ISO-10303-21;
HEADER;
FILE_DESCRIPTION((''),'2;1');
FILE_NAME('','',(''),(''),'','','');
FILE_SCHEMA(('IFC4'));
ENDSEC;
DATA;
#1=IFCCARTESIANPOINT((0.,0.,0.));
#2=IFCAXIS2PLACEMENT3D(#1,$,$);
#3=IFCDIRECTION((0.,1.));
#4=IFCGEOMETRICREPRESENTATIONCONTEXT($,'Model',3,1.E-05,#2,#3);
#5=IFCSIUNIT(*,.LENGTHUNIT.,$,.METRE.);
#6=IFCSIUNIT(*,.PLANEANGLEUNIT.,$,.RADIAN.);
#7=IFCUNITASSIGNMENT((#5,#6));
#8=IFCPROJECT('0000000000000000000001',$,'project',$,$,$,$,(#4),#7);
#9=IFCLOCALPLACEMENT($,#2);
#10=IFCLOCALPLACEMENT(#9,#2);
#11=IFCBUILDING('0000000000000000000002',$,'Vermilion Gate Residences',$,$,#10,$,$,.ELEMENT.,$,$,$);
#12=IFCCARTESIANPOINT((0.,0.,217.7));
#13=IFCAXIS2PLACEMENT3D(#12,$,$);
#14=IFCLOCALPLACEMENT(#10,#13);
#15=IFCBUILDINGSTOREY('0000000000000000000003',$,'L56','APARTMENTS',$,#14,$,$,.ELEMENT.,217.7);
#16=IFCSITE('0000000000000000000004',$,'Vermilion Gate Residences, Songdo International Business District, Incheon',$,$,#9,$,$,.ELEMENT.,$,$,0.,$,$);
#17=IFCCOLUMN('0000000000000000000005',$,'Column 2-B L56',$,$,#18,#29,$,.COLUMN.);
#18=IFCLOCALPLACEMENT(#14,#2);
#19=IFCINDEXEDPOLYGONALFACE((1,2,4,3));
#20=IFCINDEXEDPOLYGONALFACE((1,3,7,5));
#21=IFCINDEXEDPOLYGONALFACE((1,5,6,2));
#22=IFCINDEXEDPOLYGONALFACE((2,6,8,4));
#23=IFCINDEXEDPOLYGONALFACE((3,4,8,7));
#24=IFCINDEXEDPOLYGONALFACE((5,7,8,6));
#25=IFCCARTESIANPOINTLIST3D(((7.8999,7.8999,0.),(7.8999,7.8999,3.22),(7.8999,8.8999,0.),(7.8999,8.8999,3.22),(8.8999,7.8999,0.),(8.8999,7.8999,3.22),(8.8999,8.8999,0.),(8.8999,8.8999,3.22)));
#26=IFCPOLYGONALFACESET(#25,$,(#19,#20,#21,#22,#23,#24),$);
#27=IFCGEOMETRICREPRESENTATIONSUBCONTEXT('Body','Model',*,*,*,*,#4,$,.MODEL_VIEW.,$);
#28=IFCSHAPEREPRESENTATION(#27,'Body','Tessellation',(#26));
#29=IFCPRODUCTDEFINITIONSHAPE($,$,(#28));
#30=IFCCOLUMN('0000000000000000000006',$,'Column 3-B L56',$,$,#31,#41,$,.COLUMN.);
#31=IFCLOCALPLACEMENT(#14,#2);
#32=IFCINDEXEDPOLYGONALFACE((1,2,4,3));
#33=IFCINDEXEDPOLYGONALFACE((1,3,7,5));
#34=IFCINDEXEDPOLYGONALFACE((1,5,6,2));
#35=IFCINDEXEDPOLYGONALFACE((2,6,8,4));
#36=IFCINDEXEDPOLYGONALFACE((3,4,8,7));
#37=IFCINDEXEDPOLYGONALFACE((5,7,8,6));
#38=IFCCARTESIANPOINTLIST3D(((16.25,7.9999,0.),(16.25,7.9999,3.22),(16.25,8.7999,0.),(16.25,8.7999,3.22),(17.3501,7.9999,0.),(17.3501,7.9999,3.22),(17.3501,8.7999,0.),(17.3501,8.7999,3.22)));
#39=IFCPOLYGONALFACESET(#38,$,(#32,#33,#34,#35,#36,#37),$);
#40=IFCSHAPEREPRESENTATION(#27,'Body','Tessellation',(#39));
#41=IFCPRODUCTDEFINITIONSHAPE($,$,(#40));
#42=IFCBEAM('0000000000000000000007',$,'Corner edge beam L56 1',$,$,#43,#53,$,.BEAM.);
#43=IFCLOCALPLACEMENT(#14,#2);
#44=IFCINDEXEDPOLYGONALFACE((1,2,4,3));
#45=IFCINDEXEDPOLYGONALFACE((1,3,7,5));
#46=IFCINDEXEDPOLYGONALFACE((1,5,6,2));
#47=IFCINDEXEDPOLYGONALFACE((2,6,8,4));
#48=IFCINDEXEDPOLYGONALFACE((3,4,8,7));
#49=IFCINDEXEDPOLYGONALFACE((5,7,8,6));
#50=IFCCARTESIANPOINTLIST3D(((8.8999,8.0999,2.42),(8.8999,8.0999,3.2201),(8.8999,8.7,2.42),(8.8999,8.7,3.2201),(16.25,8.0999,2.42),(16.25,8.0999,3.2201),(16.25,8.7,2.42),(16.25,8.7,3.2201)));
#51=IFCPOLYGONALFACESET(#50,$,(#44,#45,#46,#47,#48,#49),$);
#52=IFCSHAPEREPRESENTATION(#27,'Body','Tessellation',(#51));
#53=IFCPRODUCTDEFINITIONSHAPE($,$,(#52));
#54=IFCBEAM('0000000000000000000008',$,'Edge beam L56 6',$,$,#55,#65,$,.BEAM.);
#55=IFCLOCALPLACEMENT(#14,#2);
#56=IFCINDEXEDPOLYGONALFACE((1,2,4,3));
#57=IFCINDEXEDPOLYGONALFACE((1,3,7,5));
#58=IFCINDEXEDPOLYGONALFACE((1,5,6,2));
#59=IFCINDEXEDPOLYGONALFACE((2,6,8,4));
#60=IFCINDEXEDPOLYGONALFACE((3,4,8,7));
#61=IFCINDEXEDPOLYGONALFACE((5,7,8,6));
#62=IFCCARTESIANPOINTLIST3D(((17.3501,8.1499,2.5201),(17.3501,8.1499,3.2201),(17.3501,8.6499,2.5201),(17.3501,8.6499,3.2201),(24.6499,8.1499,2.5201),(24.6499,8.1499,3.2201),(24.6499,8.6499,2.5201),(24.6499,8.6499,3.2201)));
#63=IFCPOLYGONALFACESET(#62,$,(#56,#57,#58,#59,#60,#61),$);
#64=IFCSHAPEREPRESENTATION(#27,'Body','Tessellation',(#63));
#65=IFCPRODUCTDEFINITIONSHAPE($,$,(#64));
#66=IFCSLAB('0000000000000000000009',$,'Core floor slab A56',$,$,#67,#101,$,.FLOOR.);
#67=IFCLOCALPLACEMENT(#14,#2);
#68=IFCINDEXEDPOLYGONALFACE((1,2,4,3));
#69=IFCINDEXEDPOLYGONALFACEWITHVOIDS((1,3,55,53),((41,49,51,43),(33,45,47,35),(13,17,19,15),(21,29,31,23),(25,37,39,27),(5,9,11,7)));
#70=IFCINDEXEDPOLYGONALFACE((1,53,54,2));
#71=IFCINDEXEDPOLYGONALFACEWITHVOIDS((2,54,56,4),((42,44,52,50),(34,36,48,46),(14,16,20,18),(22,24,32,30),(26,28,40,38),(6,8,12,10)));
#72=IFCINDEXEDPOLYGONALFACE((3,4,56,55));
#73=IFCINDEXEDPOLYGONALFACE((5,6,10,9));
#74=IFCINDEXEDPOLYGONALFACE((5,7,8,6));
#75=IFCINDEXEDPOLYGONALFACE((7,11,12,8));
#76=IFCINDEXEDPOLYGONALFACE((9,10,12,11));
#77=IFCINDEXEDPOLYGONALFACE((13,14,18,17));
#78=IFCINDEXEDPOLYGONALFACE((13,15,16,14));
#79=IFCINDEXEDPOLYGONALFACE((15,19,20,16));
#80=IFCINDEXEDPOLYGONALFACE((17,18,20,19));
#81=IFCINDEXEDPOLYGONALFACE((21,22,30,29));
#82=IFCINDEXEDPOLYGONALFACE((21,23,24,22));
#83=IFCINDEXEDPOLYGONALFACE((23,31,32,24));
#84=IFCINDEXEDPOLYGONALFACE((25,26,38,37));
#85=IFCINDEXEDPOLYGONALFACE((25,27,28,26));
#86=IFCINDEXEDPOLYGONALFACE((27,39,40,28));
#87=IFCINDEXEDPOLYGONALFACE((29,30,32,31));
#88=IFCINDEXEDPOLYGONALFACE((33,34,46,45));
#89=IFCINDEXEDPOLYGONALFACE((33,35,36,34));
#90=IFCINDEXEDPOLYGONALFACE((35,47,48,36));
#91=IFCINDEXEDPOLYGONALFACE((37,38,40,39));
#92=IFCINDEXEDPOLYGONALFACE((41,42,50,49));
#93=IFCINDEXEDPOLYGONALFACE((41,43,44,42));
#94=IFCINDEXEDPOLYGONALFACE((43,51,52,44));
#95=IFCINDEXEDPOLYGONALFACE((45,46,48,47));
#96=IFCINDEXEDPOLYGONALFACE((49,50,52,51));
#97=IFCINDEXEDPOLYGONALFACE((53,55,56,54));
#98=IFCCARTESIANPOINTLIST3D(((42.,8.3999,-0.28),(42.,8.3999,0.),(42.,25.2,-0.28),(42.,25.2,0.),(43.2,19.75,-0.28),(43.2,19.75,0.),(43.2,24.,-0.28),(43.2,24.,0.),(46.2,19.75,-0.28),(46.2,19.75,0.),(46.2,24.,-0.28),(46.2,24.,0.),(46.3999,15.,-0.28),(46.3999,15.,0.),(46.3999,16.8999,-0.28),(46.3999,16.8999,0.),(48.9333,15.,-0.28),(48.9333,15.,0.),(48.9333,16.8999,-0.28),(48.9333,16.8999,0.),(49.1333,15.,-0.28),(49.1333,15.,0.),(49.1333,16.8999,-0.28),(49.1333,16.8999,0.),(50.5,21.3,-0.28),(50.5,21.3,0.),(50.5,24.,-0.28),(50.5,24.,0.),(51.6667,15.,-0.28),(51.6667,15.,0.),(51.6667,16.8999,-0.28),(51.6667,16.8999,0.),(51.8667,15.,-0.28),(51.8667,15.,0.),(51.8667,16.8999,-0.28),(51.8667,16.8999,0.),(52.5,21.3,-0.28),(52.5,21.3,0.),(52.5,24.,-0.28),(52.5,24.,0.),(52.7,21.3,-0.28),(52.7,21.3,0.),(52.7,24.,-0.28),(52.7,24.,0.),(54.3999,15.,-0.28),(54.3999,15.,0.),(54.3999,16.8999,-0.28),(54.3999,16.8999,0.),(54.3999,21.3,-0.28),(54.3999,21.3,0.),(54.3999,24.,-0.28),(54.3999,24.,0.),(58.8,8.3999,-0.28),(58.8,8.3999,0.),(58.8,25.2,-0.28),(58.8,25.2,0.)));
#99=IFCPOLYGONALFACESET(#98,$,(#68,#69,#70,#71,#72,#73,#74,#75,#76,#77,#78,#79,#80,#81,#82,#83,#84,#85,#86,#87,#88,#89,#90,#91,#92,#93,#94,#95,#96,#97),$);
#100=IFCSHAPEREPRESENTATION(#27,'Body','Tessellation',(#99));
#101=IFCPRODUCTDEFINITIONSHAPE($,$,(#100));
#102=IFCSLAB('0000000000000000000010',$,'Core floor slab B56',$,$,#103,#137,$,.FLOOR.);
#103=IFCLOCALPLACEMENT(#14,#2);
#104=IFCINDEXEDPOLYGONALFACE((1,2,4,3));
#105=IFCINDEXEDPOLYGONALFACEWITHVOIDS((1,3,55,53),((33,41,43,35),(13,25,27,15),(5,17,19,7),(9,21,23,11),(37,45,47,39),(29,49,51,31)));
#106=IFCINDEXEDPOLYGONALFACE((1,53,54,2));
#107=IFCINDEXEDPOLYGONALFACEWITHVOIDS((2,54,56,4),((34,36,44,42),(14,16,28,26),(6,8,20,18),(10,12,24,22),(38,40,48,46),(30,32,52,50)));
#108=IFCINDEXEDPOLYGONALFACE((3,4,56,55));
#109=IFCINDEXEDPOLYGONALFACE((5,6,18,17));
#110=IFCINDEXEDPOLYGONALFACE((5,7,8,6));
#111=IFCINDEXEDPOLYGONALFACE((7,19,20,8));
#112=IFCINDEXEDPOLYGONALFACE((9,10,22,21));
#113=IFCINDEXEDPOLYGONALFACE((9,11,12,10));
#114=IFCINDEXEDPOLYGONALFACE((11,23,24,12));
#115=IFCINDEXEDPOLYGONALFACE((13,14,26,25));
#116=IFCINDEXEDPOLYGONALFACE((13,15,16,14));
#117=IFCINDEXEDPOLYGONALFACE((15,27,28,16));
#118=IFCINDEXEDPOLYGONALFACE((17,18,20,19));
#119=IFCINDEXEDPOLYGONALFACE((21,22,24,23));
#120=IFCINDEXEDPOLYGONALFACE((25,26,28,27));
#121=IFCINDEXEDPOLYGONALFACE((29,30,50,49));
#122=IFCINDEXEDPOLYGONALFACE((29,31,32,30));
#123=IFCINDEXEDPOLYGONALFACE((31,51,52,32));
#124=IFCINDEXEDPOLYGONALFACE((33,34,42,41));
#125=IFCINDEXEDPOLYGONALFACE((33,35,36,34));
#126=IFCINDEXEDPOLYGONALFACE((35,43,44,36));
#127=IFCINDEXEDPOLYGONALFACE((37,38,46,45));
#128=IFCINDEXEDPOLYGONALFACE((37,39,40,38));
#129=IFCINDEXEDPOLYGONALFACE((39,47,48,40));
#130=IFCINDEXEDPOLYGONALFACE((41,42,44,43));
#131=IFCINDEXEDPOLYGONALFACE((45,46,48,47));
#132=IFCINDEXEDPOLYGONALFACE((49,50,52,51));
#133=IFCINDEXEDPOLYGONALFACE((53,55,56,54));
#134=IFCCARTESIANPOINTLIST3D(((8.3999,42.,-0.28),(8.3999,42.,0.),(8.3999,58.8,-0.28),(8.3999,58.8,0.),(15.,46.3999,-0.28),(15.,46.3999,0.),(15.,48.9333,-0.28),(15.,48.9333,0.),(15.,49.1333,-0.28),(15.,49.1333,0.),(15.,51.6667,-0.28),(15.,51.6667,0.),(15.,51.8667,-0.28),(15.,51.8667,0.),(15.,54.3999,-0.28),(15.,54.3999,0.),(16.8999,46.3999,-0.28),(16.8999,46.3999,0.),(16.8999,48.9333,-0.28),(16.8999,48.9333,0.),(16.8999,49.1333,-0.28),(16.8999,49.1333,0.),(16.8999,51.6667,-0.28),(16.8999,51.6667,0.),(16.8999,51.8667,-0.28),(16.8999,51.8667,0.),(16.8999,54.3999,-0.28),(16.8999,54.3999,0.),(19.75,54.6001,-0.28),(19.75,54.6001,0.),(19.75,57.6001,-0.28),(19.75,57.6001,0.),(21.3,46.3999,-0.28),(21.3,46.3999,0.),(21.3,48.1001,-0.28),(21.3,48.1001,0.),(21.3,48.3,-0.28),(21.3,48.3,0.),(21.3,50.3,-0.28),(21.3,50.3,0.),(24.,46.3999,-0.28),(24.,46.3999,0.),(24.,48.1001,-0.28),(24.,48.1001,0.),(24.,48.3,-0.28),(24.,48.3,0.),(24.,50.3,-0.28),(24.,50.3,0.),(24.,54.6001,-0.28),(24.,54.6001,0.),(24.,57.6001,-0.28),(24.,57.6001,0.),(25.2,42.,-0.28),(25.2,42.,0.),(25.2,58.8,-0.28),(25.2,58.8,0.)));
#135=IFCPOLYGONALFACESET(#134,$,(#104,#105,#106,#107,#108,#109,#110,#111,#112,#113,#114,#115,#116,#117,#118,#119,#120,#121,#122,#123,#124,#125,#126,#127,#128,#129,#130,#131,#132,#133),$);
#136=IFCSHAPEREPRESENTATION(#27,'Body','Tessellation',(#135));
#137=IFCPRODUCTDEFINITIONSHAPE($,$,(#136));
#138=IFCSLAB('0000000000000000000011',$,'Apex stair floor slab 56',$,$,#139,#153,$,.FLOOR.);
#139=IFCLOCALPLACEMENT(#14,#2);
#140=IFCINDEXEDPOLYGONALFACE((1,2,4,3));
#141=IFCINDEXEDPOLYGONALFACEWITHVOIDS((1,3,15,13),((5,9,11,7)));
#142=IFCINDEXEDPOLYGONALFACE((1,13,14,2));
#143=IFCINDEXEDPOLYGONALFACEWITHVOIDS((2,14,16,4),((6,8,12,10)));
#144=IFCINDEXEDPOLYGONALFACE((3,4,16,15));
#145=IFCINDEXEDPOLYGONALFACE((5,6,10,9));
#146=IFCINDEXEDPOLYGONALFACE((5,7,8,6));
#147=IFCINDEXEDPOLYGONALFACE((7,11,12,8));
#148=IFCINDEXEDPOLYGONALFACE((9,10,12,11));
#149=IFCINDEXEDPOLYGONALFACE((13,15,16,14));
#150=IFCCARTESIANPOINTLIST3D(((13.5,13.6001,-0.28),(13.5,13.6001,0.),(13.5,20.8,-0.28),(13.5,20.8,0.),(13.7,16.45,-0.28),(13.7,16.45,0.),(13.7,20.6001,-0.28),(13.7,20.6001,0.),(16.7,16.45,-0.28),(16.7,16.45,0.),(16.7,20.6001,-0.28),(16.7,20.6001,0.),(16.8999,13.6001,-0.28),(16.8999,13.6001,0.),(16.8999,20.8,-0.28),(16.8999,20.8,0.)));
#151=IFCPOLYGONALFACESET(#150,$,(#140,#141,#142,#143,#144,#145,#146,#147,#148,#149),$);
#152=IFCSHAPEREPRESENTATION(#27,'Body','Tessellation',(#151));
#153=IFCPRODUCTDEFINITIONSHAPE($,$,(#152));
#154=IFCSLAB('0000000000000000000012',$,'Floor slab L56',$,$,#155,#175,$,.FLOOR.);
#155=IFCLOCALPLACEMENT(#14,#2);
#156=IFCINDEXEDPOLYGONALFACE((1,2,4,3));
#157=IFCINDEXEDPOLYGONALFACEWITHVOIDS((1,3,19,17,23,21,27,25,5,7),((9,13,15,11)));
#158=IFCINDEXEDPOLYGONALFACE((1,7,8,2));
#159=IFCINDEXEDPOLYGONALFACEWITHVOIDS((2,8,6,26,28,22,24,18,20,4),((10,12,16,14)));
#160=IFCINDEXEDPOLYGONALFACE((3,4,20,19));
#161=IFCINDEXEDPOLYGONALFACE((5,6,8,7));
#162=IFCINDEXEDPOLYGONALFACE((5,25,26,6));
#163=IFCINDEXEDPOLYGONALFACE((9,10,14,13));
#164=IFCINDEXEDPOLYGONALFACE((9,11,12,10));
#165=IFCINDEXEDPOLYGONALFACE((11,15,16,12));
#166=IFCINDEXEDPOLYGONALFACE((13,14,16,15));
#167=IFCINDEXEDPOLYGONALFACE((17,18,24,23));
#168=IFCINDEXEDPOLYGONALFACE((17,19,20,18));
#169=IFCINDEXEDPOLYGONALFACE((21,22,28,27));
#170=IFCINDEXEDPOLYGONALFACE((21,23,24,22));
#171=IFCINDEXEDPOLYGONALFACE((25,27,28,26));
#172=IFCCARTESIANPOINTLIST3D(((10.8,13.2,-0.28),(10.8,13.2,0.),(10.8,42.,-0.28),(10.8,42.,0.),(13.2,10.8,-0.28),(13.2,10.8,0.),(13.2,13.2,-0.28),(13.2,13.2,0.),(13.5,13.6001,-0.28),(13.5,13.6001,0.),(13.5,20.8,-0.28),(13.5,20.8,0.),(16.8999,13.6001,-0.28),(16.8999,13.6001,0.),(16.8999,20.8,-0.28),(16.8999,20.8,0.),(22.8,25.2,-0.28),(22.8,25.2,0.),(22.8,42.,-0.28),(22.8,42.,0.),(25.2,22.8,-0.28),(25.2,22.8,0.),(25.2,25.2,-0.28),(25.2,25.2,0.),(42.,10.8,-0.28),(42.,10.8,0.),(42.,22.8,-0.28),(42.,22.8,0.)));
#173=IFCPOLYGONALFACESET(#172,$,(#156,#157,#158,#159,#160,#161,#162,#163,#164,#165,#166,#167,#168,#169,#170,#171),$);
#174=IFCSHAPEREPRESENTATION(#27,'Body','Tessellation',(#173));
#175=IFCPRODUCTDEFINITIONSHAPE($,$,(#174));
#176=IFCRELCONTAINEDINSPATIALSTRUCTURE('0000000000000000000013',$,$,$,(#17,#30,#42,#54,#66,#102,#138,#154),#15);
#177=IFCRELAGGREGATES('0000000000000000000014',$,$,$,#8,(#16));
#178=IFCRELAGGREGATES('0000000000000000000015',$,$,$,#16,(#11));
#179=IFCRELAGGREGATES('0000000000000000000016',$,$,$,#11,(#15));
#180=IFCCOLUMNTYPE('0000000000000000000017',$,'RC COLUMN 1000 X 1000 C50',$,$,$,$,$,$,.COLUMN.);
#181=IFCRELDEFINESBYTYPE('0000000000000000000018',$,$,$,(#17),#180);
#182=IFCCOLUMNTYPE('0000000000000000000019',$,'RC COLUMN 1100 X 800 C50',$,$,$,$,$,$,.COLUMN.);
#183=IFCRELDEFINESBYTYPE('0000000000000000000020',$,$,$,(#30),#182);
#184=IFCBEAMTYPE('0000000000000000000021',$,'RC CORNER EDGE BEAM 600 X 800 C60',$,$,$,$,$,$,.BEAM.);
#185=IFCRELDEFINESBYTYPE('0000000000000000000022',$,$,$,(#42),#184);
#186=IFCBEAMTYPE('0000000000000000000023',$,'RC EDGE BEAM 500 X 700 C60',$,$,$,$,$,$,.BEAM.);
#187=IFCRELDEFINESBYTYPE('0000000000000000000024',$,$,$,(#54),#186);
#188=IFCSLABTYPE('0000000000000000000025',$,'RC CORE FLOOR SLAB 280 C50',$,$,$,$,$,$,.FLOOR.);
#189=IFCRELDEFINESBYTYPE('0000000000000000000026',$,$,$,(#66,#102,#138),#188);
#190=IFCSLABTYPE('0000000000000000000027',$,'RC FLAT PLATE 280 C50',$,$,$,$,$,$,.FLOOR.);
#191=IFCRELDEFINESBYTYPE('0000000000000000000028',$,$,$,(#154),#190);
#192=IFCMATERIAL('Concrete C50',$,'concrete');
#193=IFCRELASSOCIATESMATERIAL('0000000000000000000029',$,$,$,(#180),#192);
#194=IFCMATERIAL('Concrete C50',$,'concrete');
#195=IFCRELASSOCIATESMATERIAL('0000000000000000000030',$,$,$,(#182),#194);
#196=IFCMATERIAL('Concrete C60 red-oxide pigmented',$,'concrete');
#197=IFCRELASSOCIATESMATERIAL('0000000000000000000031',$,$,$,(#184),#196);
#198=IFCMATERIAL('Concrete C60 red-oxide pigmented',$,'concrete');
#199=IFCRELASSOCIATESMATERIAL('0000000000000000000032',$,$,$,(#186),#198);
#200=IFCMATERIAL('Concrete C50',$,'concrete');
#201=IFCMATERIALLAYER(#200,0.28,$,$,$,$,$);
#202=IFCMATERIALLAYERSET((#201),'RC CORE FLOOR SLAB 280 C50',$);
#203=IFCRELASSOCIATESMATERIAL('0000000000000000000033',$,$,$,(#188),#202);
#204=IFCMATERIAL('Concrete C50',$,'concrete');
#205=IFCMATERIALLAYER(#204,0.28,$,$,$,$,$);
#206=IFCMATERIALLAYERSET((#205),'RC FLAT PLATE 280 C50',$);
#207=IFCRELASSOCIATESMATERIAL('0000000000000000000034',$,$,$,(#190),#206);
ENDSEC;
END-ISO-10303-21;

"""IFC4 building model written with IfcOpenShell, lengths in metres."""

from ifc_helpers import new_model, si_unit, direction, frame, origin, origin_2d, place, context, subcontext, project, spatial, polyline, rectangle, outline, extrude, material, layer, layer_set, material_profile, profile_set, type_object, element, save


model = new_model("IFC4")

# Units and contexts
model_context = context("Model", 3, precision=1e-05, world=origin(), true_north=direction((0.0, 1.0)))
body_context = subcontext(model_context, "Body", "Model", "MODEL_VIEW")
ifc_project = project(units=[si_unit("LENGTHUNIT", "METRE"), si_unit("PLANEANGLEUNIT", "RADIAN")], contexts=[model_context])

# Site, building, storey
site_placement = place(None, origin())
site = spatial("IfcSite", under=ifc_project, at=site_placement, Name="Vermilion Gate Residences, Songdo International Business District, Incheon", CompositionType="ELEMENT", RefElevation=0.0)
building_placement = place(site_placement, origin())
building = spatial("IfcBuilding", under=site, at=building_placement, Name="Vermilion Gate Residences", CompositionType="ELEMENT")
storey_placement = place(building_placement, frame((0.0, 0.0, 217.7)))
storey = spatial("IfcBuildingStorey", under=building, at=storey_placement, Name="L56", Description="APARTMENTS", CompositionType="ELEMENT", Elevation=217.7)

# Columns
ifc_material_1 = material(Name="Concrete C50", Category="concrete")
ifc_material_profile_1 = material_profile(ifc_material_1, rectangle(XDim=1.0, YDim=1.0, at=origin_2d()), Name="RC-1000x1000")
ifc_profile_set_1 = profile_set([ifc_material_profile_1], Name="Concrete C50")
column_type_1 = type_object("IfcColumnType", Name="RC COLUMN 1000 X 1000 C50", PredefinedType="COLUMN", material=ifc_profile_set_1)
column_1_placement = place(storey_placement, frame((8.3999, 8.3999, 0.0), z_axis=(0.0, 0.0, 1.0), x_axis=(1.0, 0.0, 0.0)))
element("IfcColumn", 1, at=column_1_placement, inside=storey, type_object=column_type_1, Name="Column 2-B L56", PredefinedType="COLUMN", context=body_context, shape_type="SweptSolid", body=[
    extrude(rectangle(XDim=1.0, YDim=1.0, at=origin_2d()), origin(), (0.0, 0.0, 1.0), 3.22),
])
ifc_material_2 = material(Name="Concrete C50", Category="concrete")
ifc_material_profile_2 = material_profile(ifc_material_2, rectangle(XDim=1.1001, YDim=0.8, at=origin_2d()), Name="RC-1100x800")
ifc_profile_set_2 = profile_set([ifc_material_profile_2], Name="Concrete C50")
column_type_2 = type_object("IfcColumnType", Name="RC COLUMN 1100 X 800 C50", PredefinedType="COLUMN", material=ifc_profile_set_2)
column_2_placement = place(storey_placement, frame((16.8, 8.3999, 0.0), z_axis=(0.0, 0.0, 1.0), x_axis=(1.0, 0.0, 0.0)))
element("IfcColumn", 2, at=column_2_placement, inside=storey, type_object=column_type_2, Name="Column 3-B L56", PredefinedType="COLUMN", context=body_context, shape_type="SweptSolid", body=[
    extrude(rectangle(XDim=1.1001, YDim=0.8, at=origin_2d()), origin(), (0.0, 0.0, 1.0), 3.22),
])

# Beams
ifc_material_3 = material(Name="Concrete C60 red-oxide pigmented", Category="concrete")
ifc_material_profile_3 = material_profile(ifc_material_3, rectangle(XDim=0.6001, YDim=0.8, at=origin_2d()), Name="RC-600x800")
ifc_profile_set_3 = profile_set([ifc_material_profile_3], Name="Concrete C60 red-oxide pigmented")
beam_type_1 = type_object("IfcBeamType", Name="RC CORNER EDGE BEAM 600 X 800 C60", PredefinedType="BEAM", material=ifc_profile_set_3)
beam_1_placement = place(storey_placement, frame((8.8999, 8.3999, 2.8201), z_axis=(1.0, 0.0, 0.0), x_axis=(0.0, 1.0, 0.0)))
element("IfcBeam", 3, at=beam_1_placement, inside=storey, type_object=beam_type_1, Name="Corner edge beam L56 1", PredefinedType="BEAM", context=body_context, shape_type="SweptSolid", body=[
    extrude(rectangle(XDim=0.6001, YDim=0.8, at=origin_2d()), origin(), (0.0, 0.0, 1.0), 7.3501),
])
ifc_material_4 = material(Name="Concrete C60 red-oxide pigmented", Category="concrete")
ifc_material_profile_4 = material_profile(ifc_material_4, rectangle(XDim=0.5, YDim=0.7, at=origin_2d()), Name="RC-500x700")
ifc_profile_set_4 = profile_set([ifc_material_profile_4], Name="Concrete C60 red-oxide pigmented")
beam_type_2 = type_object("IfcBeamType", Name="RC EDGE BEAM 500 X 700 C60", PredefinedType="BEAM", material=ifc_profile_set_4)
beam_2_placement = place(storey_placement, frame((17.3501, 8.3999, 2.8701), z_axis=(1.0, 0.0, 0.0), x_axis=(0.0, 1.0, 0.0)))
element("IfcBeam", 4, at=beam_2_placement, inside=storey, type_object=beam_type_2, Name="Edge beam L56 6", PredefinedType="BEAM", context=body_context, shape_type="SweptSolid", body=[
    extrude(rectangle(XDim=0.5, YDim=0.7, at=origin_2d()), origin(), (0.0, 0.0, 1.0), 7.2998),
])

# Slabs
ifc_material_5 = material(Name="Concrete C50", Category="concrete")
ifc_layer_1 = layer(ifc_material_5, 0.28)
ifc_layer_set_1 = layer_set([ifc_layer_1], Name="RC CORE FLOOR SLAB 280 C50")
slab_type_1 = type_object("IfcSlabType", Name="RC CORE FLOOR SLAB 280 C50", PredefinedType="FLOOR", material=ifc_layer_set_1)
slab_1_placement = place(storey_placement, frame((0.0, 0.0, -0.28)))
element("IfcSlab", 5, at=slab_1_placement, inside=storey, type_object=slab_type_1, Name="Core floor slab A56", PredefinedType="FLOOR", context=body_context, shape_type="SweptSolid", body=[
    extrude(outline(polyline([(42.0, 8.3999), (58.8, 8.3999), (58.8, 25.2), (42.0, 25.2), (42.0, 8.3999)]), holes=[polyline([(46.3999, 15.0), (46.3999, 16.8999), (48.9333, 16.8999), (48.9333, 15.0), (46.3999, 15.0)]), polyline([(49.1333, 16.8999), (51.6667, 16.8999), (51.6667, 15.0), (49.1333, 15.0), (49.1333, 16.8999)]), polyline([(51.8667, 16.8999), (54.3999, 16.8999), (54.3999, 15.0), (51.8667, 15.0), (51.8667, 16.8999)]), polyline([(43.2, 19.75), (43.2, 24.0), (46.2, 24.0), (46.2, 19.75), (43.2, 19.75)]), polyline([(50.5, 24.0), (52.5, 24.0), (52.5, 21.3), (50.5, 21.3), (50.5, 24.0)]), polyline([(52.7, 24.0), (54.3999, 24.0), (54.3999, 21.3), (52.7, 21.3), (52.7, 24.0)])]), origin(), (0.0, 0.0, 1.0), 0.28),
])
slab_2_placement = place(storey_placement, frame((0.0, 0.0, -0.28)))
element("IfcSlab", 6, at=slab_2_placement, inside=storey, type_object=slab_type_1, Name="Core floor slab B56", PredefinedType="FLOOR", context=body_context, shape_type="SweptSolid", body=[
    extrude(outline(polyline([(8.3999, 42.0), (25.2, 42.0), (25.2, 58.8), (8.3999, 58.8), (8.3999, 42.0)]), holes=[polyline([(21.3, 46.3999), (21.3, 48.1001), (24.0, 48.1001), (24.0, 46.3999), (21.3, 46.3999)]), polyline([(15.0, 48.9333), (16.8999, 48.9333), (16.8999, 46.3999), (15.0, 46.3999), (15.0, 48.9333)]), polyline([(21.3, 50.3), (24.0, 50.3), (24.0, 48.3), (21.3, 48.3), (21.3, 50.3)]), polyline([(15.0, 49.1333), (15.0, 51.6667), (16.8999, 51.6667), (16.8999, 49.1333), (15.0, 49.1333)]), polyline([(15.0, 54.3999), (16.8999, 54.3999), (16.8999, 51.8667), (15.0, 51.8667), (15.0, 54.3999)]), polyline([(19.75, 57.6001), (24.0, 57.6001), (24.0, 54.6001), (19.75, 54.6001), (19.75, 57.6001)])]), origin(), (0.0, 0.0, 1.0), 0.28),
])
slab_3_placement = place(storey_placement, frame((0.0, 0.0, -0.28)))
element("IfcSlab", 7, at=slab_3_placement, inside=storey, type_object=slab_type_1, Name="Apex stair floor slab 56", PredefinedType="FLOOR", context=body_context, shape_type="SweptSolid", body=[
    extrude(outline(polyline([(13.5, 13.6001), (16.8999, 13.6001), (16.8999, 20.8), (13.5, 20.8), (13.5, 13.6001)]), holes=[polyline([(16.7, 20.6001), (16.7, 16.45), (13.7, 16.45), (13.7, 20.6001), (16.7, 20.6001)])]), origin(), (0.0, 0.0, 1.0), 0.28),
])
ifc_material_6 = material(Name="Concrete C50", Category="concrete")
ifc_layer_2 = layer(ifc_material_6, 0.28)
ifc_layer_set_2 = layer_set([ifc_layer_2], Name="RC FLAT PLATE 280 C50")
slab_type_2 = type_object("IfcSlabType", Name="RC FLAT PLATE 280 C50", PredefinedType="FLOOR", material=ifc_layer_set_2)
slab_4_placement = place(storey_placement, frame((0.0, 0.0, -0.28)))
element("IfcSlab", 8, at=slab_4_placement, inside=storey, type_object=slab_type_2, Name="Floor slab L56", PredefinedType="FLOOR", context=body_context, shape_type="SweptSolid", body=[
    extrude(outline(polyline([(22.8, 25.2), (22.8, 42.0), (10.8, 42.0), (10.8, 13.2), (13.2, 13.2), (13.2, 10.8), (42.0, 10.8), (42.0, 22.8), (25.2, 22.8), (25.2, 25.2), (22.8, 25.2)]), holes=[polyline([(13.5, 13.6001), (13.5, 20.8), (16.8999, 20.8), (16.8999, 13.6001), (13.5, 13.6001)])]), origin(), (0.0, 0.0, 1.0), 0.28),
])

save(model, "model.ifc")
